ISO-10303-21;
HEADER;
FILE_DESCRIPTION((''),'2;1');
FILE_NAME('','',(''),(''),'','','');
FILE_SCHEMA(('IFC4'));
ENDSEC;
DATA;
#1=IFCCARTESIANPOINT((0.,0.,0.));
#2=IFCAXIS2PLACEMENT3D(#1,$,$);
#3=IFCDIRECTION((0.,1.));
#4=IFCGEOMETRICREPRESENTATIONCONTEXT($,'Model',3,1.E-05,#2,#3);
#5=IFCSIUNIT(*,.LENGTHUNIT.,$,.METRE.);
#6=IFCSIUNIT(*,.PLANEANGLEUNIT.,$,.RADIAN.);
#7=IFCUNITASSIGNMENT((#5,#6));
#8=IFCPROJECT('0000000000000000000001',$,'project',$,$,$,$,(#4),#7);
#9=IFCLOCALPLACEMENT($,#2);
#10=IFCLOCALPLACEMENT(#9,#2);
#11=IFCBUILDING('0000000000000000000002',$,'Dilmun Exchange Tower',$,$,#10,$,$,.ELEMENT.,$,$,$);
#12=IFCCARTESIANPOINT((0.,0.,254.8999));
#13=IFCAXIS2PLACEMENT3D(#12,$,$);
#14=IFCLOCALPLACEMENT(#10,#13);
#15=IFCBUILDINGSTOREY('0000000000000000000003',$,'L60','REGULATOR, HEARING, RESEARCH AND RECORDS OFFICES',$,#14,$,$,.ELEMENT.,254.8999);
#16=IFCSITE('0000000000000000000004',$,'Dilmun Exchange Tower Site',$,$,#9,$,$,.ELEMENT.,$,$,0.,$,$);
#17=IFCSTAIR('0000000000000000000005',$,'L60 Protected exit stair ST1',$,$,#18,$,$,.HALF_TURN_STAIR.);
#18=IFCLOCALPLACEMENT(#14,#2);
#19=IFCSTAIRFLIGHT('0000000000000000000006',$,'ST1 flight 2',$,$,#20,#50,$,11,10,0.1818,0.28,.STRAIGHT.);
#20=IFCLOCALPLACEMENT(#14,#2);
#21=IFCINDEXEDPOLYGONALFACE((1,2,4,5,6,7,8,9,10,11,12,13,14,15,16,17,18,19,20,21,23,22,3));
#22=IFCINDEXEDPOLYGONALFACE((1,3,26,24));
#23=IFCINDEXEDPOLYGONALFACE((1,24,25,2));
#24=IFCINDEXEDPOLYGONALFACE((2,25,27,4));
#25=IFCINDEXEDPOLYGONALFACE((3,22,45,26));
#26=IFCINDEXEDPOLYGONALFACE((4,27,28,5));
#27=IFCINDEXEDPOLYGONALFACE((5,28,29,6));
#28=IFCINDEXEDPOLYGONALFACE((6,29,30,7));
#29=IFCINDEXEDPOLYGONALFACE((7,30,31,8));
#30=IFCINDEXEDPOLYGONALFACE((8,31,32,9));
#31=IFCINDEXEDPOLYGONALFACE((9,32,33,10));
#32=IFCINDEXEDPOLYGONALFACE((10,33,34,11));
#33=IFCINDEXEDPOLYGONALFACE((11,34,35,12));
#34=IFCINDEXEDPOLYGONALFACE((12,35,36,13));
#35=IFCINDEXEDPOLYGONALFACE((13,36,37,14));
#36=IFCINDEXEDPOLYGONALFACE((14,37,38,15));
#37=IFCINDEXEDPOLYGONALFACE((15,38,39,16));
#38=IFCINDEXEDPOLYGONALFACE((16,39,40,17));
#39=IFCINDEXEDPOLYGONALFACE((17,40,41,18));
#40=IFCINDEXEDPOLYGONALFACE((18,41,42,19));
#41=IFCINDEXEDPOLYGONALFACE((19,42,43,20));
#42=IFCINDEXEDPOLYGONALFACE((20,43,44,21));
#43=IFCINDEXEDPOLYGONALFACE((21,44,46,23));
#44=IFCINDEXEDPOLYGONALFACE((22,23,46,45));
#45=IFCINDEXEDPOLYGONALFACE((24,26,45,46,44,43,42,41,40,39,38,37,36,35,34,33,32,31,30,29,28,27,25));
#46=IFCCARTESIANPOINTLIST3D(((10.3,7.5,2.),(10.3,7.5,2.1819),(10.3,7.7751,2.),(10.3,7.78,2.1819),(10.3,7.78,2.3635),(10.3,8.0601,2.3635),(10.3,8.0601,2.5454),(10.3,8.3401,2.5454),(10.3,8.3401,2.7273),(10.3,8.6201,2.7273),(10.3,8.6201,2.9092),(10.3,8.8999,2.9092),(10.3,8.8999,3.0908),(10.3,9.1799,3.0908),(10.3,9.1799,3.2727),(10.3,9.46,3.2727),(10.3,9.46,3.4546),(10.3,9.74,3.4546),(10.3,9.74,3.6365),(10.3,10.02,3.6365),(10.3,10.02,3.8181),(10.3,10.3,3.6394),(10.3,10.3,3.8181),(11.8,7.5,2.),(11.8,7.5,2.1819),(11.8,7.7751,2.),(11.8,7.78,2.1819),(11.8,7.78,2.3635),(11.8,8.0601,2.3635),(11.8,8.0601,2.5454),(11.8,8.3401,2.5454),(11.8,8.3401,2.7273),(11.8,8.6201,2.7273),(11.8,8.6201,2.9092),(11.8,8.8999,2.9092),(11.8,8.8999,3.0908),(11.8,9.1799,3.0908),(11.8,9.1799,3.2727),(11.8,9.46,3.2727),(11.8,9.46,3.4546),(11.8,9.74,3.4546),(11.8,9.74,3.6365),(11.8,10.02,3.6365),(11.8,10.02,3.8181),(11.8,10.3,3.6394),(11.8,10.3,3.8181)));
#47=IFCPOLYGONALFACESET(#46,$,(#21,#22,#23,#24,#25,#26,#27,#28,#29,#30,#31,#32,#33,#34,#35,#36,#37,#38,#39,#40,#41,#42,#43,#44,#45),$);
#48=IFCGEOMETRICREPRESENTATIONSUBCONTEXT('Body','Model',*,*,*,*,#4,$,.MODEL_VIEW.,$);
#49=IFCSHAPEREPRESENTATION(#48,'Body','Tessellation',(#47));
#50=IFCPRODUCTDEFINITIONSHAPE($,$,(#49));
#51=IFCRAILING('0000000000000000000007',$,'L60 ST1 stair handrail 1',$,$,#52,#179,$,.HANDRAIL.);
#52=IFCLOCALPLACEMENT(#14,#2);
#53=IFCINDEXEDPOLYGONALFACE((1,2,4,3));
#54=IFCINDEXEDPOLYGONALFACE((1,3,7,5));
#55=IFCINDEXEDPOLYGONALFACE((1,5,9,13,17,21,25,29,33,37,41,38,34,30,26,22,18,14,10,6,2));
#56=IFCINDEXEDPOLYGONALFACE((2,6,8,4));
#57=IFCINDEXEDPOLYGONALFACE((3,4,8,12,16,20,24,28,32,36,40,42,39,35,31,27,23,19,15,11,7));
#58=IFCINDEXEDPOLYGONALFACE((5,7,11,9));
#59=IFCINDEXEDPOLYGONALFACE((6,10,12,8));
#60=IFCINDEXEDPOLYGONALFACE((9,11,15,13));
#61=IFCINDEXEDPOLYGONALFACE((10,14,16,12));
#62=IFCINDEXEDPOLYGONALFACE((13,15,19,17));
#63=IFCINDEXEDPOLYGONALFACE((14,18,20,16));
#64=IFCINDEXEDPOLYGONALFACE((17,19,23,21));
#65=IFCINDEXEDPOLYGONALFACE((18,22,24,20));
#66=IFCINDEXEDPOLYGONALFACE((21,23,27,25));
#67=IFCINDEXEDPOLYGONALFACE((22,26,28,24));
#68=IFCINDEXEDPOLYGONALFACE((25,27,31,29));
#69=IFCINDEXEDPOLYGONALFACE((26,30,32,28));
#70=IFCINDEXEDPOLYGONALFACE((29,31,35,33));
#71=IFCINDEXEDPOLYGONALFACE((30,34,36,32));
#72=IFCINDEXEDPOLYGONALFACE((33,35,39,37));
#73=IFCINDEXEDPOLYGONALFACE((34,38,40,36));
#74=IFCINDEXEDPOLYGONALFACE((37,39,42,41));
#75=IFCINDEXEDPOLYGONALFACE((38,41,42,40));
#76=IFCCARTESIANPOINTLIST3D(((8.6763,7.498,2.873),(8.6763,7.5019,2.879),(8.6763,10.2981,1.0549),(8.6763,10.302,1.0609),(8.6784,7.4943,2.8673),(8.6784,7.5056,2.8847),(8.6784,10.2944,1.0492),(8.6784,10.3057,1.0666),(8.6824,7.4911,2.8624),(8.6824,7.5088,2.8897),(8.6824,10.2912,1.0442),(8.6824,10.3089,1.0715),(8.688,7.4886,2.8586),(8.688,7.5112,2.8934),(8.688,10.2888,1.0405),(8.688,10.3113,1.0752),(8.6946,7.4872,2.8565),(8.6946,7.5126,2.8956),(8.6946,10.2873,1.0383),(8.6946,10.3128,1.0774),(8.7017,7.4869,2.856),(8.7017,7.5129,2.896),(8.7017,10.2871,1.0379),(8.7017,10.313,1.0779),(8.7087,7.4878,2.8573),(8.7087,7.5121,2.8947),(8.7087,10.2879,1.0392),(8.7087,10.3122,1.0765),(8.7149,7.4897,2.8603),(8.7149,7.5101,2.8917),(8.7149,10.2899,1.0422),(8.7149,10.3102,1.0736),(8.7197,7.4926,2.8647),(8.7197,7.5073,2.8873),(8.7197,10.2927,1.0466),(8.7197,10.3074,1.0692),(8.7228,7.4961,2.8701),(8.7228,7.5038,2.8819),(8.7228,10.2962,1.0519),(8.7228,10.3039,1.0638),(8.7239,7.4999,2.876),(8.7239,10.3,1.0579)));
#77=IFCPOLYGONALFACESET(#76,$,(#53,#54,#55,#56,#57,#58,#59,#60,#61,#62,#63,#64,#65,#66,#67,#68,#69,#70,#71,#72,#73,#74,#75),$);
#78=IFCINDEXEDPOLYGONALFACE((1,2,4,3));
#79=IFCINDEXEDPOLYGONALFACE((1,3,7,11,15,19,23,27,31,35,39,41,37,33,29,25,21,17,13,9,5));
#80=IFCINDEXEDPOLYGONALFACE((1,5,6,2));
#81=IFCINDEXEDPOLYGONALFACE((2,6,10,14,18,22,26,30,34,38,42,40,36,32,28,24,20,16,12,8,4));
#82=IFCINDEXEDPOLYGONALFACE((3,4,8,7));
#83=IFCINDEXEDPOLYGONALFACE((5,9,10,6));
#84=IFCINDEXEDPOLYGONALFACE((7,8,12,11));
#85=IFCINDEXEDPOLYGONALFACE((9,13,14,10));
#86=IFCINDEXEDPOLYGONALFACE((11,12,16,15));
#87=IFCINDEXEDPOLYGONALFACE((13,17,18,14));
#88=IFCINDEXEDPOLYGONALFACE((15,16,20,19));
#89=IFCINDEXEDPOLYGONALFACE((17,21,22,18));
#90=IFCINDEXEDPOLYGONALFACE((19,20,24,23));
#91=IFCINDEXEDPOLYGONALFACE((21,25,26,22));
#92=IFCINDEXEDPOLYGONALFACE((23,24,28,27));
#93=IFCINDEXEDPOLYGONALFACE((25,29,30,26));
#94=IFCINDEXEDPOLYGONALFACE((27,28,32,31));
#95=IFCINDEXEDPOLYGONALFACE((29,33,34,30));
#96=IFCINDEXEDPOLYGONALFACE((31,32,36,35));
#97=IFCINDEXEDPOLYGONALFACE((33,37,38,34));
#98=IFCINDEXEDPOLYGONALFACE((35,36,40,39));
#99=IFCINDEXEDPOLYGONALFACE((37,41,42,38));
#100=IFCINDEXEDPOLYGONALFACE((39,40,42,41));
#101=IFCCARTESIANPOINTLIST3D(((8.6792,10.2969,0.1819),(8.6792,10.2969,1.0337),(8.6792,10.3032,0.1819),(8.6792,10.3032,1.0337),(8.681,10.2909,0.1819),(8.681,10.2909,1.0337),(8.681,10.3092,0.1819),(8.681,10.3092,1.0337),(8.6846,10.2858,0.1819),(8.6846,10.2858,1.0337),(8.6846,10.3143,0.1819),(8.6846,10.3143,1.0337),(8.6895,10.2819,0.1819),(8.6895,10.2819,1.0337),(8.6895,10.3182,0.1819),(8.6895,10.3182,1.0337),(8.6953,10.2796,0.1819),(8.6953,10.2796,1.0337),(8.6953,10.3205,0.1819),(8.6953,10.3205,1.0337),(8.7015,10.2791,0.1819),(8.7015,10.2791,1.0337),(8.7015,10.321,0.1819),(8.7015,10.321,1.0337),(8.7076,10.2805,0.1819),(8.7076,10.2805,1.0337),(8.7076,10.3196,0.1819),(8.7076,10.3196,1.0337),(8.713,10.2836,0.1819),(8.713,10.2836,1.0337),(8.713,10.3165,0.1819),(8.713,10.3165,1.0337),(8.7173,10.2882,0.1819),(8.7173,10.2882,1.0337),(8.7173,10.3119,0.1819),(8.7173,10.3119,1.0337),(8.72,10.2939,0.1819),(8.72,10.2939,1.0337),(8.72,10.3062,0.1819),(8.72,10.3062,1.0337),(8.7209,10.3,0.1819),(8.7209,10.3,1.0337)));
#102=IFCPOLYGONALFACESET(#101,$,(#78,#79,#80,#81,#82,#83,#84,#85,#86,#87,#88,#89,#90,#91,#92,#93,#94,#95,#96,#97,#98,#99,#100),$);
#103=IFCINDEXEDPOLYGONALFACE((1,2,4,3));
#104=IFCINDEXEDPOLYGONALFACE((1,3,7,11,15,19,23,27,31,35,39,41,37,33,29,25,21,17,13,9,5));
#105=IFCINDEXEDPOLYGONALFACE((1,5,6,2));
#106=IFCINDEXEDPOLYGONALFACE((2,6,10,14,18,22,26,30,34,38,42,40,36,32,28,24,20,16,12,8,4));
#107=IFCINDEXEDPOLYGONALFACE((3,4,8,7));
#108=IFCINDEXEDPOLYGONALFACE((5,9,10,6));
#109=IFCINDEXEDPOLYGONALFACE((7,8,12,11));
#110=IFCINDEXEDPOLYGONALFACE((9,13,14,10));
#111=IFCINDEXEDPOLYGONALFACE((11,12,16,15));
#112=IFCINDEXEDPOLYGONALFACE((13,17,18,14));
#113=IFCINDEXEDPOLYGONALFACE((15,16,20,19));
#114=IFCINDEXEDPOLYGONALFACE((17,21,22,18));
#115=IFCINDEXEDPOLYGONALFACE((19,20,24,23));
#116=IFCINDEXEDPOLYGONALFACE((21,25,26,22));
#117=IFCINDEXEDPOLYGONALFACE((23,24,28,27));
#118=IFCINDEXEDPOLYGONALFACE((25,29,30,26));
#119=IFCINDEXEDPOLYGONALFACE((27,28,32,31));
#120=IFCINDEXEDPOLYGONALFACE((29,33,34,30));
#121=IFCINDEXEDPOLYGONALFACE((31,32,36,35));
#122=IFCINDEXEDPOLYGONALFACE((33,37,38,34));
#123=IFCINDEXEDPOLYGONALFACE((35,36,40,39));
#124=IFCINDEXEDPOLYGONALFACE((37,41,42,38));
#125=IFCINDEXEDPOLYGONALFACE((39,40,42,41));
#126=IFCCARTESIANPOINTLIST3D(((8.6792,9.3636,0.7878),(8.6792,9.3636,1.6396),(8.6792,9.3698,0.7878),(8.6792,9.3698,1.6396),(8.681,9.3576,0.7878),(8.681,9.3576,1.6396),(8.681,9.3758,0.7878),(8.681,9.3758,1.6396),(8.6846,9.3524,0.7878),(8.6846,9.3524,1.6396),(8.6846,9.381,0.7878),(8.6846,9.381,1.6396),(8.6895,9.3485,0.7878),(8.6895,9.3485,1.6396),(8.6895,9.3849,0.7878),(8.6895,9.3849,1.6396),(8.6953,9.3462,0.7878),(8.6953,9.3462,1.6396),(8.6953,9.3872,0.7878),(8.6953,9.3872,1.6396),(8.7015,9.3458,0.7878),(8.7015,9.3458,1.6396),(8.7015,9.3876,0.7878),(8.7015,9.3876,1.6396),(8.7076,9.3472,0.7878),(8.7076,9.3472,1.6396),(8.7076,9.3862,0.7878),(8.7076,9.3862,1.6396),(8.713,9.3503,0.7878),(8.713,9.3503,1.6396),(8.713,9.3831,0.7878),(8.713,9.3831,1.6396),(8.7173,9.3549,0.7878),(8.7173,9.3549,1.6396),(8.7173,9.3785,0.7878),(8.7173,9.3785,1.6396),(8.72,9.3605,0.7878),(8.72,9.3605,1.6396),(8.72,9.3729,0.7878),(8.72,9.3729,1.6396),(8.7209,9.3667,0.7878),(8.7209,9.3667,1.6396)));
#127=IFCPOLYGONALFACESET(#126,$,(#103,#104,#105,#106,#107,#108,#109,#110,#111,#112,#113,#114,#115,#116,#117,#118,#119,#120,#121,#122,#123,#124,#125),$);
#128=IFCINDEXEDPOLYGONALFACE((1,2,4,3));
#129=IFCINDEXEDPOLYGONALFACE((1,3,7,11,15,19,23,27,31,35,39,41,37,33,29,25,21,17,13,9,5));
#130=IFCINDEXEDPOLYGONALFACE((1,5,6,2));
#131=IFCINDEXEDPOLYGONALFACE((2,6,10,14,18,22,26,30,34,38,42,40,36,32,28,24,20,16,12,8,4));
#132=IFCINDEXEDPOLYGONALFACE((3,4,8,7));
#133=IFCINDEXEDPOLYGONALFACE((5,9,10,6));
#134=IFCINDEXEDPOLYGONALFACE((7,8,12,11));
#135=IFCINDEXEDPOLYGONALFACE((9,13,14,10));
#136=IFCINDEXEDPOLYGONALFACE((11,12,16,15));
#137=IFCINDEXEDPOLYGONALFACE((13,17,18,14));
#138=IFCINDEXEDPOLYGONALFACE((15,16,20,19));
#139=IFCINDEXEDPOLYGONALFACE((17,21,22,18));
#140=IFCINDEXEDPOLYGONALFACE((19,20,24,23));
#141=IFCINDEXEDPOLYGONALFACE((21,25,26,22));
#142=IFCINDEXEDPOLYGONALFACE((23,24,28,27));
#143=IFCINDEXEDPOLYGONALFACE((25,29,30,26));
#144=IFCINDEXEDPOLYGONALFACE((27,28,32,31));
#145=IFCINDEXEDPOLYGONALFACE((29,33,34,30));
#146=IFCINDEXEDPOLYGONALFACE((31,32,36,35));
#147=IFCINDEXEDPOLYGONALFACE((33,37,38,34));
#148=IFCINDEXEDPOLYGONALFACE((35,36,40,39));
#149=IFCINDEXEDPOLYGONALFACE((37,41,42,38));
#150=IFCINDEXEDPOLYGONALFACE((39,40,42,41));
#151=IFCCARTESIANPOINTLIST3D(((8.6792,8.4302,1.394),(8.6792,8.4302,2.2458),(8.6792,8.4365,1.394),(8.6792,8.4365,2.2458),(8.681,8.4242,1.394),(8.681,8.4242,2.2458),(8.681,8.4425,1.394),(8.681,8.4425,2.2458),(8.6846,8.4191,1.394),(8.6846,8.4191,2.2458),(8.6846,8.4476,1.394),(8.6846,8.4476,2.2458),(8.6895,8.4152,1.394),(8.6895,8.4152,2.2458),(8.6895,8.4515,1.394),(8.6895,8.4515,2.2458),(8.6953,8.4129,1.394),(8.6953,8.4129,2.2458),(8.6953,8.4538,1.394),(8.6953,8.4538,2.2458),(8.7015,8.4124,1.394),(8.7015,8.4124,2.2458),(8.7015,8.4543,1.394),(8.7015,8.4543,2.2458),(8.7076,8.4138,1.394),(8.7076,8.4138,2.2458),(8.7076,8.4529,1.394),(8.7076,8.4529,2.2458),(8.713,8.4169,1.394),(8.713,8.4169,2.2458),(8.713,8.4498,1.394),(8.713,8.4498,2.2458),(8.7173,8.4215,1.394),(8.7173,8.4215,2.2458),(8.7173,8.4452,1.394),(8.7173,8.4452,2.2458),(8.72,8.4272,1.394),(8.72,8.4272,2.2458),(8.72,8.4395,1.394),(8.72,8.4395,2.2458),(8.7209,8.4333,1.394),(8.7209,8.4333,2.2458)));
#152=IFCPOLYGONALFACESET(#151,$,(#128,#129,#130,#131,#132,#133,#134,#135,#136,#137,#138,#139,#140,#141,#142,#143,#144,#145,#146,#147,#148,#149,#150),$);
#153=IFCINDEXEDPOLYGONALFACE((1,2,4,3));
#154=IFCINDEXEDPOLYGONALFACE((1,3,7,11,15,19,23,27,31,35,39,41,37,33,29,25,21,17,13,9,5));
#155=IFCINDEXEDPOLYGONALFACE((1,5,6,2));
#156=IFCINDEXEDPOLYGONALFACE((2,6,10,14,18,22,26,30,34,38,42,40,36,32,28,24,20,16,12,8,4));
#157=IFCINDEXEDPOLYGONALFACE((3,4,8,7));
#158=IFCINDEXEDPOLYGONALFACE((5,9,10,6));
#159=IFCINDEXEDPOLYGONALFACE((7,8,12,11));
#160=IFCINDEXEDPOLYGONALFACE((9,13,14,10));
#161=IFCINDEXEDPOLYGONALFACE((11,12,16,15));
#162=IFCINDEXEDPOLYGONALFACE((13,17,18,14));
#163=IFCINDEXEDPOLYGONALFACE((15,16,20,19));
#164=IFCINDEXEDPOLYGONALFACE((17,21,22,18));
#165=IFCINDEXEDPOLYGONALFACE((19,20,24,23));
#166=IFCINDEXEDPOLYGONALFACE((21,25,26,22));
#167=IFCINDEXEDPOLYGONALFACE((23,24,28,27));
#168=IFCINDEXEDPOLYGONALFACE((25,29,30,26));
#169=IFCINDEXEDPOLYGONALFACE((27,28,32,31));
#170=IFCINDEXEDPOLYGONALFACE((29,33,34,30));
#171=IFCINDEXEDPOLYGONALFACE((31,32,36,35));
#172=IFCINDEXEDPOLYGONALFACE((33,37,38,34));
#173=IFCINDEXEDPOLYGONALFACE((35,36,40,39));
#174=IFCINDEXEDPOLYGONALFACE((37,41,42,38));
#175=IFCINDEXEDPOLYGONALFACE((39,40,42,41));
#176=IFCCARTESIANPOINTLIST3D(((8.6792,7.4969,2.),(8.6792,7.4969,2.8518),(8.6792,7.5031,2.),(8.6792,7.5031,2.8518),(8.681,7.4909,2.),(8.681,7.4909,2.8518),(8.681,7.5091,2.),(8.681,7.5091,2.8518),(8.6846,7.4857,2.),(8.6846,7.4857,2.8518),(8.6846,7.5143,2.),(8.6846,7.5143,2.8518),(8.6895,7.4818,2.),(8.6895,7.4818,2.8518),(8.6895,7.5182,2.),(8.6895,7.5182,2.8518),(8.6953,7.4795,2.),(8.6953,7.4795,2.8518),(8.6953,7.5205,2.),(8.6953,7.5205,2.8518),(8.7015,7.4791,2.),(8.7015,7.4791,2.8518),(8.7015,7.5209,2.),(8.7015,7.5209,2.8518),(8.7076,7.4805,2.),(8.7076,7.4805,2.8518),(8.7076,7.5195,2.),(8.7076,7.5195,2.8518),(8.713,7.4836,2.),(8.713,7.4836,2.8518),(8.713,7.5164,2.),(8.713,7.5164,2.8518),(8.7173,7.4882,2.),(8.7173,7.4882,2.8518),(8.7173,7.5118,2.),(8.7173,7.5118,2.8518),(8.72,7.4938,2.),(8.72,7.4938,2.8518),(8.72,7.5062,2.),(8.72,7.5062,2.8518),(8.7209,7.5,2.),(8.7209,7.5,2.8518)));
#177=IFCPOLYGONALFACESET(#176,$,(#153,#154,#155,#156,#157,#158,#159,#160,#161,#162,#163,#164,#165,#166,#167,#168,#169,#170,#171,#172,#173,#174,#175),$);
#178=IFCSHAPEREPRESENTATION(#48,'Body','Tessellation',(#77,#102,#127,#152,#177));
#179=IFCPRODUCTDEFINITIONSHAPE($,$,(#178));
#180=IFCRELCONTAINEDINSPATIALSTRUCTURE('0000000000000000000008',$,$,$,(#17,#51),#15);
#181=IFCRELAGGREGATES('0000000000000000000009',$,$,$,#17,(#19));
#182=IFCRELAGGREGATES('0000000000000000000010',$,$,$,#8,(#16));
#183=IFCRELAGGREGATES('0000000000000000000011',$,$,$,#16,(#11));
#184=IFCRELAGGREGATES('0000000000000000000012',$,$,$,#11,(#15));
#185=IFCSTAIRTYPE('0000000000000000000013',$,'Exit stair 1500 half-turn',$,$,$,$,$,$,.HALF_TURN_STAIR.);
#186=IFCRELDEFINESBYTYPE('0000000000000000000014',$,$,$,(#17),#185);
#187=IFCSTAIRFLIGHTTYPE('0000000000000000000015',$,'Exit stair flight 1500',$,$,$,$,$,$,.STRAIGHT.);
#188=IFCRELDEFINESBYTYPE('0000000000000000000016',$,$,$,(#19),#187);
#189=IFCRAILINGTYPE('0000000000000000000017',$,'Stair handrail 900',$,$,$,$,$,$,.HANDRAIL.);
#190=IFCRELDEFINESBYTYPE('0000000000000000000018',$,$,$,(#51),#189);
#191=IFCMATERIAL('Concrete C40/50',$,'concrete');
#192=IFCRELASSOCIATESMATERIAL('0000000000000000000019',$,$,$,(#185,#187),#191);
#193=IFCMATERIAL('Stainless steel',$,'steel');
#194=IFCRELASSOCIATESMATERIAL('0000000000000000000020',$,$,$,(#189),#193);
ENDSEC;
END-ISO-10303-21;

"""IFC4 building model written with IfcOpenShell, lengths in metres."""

from ifc_helpers import new_model, si_unit, direction, frame, origin, origin_2d, place, context, subcontext, project, spatial, polyline, circle, outline, extrude, material, type_object, element, aggregate, save


model = new_model("IFC4")

# Units and contexts
model_context = context("Model", 3, precision=1e-05, world=origin(), true_north=direction((0.0, 1.0)))
body_context = subcontext(model_context, "Body", "Model", "MODEL_VIEW")
ifc_project = project(units=[si_unit("LENGTHUNIT", "METRE"), si_unit("PLANEANGLEUNIT", "RADIAN")], contexts=[model_context])

# Site, building, storey
site_placement = place(None, origin())
site = spatial("IfcSite", under=ifc_project, at=site_placement, Name="Dilmun Exchange Tower Site", CompositionType="ELEMENT", RefElevation=0.0)
building_placement = place(site_placement, origin())
building = spatial("IfcBuilding", under=site, at=building_placement, Name="Dilmun Exchange Tower", CompositionType="ELEMENT")
storey_placement = place(building_placement, frame((0.0, 0.0, 254.8999)))
storey = spatial("IfcBuildingStorey", under=building, at=storey_placement, Name="L60", Description="REGULATOR, HEARING, RESEARCH AND RECORDS OFFICES", CompositionType="ELEMENT", Elevation=254.8999)

# Shared definitions
ifc_material_1 = material(Name="Concrete C40/50", Category="concrete")

# Stair, stair flight
stair_type = type_object("IfcStairType", Name="Exit stair 1500 half-turn", PredefinedType="HALF_TURN_STAIR", material=ifc_material_1)
stair_placement = place(storey_placement, origin())
stair = element("IfcStair", 1, at=stair_placement, inside=storey, type_object=stair_type, Name="L60 Protected exit stair ST1", PredefinedType="HALF_TURN_STAIR")
stair_flight_type = type_object("IfcStairFlightType", Name="Exit stair flight 1500", PredefinedType="STRAIGHT", material=ifc_material_1)
stair_flight_1_placement = place(storey_placement, frame((11.05, 7.5, 2.0), z_axis=(0.0, 0.0, 1.0), x_axis=(0.0, 1.0, 0.0)))
stair_flight_1 = element("IfcStairFlight", 2, at=stair_flight_1_placement, type_object=stair_flight_type, Name="ST1 flight 2", NumberOfRisers=11, NumberOfTreads=10, PredefinedType="STRAIGHT", RiserHeight=0.1818, TreadLength=0.28, context=body_context, shape_type="SweptSolid", body=[
    extrude(outline(polyline([(0.0, 0.0), (0.0, 0.1819), (0.28, 0.1819), (0.28, 0.3635), (0.5601, 0.3635), (0.5601, 0.5454), (0.8401, 0.5454), (0.8401, 0.7273), (1.1201, 0.7273), (1.1201, 0.9092), (1.3999, 0.9092), (1.3999, 1.0908), (1.6799, 1.0908), (1.6799, 1.2727), (1.96, 1.2727), (1.96, 1.4546), (2.24, 1.4546), (2.24, 1.6365), (2.52, 1.6365), (2.52, 1.8181), (2.8, 1.8181), (2.8, 2.0), (2.8, 1.6394), (0.2751, 0.0), (0.0, 0.0)])), frame((0.0, 0.75, 0.0), z_axis=(0.0, -1.0, 0.0), x_axis=(1.0, 0.0, 0.0)), (0.0, 0.0, 1.0), 1.5),
])
aggregate(stair, [stair_flight_1])

# Railing
ifc_material_2 = material(Name="Stainless steel", Category="steel")
railing_type = type_object("IfcRailingType", Name="Stair handrail 900", PredefinedType="HANDRAIL", material=ifc_material_2)
railing_1_placement = place(storey_placement, frame((8.7, 10.3, 0.1819)))
element("IfcRailing", 3, at=railing_1_placement, inside=storey, type_object=railing_type, Name="L60 ST1 stair handrail 1", PredefinedType="HANDRAIL", context=body_context, shape_type="SweptSolid", body=[
    extrude(circle(Radius=0.0239, at=origin_2d()), frame((0.0, 0.0, 0.876), z_axis=(0.0, -0.838706, 0.544585), x_axis=(1.0, 0.0, 0.0)), (0.0, 0.0, 1.0), 3.3386),
    extrude(circle(Radius=0.021, at=origin_2d()), origin(), (0.0, 0.0, 1.0), 0.8518),
    extrude(circle(Radius=0.021, at=origin_2d()), frame((0.0, -0.9333, 0.606)), (0.0, 0.0, 1.0), 0.8518),
    extrude(circle(Radius=0.021, at=origin_2d()), frame((0.0, -1.8667, 1.2122)), (0.0, 0.0, 1.0), 0.8518),
    extrude(circle(Radius=0.021, at=origin_2d()), frame((0.0, -2.8, 1.8181)), (0.0, 0.0, 1.0), 0.8518),
])

save(model, "model.ifc")
